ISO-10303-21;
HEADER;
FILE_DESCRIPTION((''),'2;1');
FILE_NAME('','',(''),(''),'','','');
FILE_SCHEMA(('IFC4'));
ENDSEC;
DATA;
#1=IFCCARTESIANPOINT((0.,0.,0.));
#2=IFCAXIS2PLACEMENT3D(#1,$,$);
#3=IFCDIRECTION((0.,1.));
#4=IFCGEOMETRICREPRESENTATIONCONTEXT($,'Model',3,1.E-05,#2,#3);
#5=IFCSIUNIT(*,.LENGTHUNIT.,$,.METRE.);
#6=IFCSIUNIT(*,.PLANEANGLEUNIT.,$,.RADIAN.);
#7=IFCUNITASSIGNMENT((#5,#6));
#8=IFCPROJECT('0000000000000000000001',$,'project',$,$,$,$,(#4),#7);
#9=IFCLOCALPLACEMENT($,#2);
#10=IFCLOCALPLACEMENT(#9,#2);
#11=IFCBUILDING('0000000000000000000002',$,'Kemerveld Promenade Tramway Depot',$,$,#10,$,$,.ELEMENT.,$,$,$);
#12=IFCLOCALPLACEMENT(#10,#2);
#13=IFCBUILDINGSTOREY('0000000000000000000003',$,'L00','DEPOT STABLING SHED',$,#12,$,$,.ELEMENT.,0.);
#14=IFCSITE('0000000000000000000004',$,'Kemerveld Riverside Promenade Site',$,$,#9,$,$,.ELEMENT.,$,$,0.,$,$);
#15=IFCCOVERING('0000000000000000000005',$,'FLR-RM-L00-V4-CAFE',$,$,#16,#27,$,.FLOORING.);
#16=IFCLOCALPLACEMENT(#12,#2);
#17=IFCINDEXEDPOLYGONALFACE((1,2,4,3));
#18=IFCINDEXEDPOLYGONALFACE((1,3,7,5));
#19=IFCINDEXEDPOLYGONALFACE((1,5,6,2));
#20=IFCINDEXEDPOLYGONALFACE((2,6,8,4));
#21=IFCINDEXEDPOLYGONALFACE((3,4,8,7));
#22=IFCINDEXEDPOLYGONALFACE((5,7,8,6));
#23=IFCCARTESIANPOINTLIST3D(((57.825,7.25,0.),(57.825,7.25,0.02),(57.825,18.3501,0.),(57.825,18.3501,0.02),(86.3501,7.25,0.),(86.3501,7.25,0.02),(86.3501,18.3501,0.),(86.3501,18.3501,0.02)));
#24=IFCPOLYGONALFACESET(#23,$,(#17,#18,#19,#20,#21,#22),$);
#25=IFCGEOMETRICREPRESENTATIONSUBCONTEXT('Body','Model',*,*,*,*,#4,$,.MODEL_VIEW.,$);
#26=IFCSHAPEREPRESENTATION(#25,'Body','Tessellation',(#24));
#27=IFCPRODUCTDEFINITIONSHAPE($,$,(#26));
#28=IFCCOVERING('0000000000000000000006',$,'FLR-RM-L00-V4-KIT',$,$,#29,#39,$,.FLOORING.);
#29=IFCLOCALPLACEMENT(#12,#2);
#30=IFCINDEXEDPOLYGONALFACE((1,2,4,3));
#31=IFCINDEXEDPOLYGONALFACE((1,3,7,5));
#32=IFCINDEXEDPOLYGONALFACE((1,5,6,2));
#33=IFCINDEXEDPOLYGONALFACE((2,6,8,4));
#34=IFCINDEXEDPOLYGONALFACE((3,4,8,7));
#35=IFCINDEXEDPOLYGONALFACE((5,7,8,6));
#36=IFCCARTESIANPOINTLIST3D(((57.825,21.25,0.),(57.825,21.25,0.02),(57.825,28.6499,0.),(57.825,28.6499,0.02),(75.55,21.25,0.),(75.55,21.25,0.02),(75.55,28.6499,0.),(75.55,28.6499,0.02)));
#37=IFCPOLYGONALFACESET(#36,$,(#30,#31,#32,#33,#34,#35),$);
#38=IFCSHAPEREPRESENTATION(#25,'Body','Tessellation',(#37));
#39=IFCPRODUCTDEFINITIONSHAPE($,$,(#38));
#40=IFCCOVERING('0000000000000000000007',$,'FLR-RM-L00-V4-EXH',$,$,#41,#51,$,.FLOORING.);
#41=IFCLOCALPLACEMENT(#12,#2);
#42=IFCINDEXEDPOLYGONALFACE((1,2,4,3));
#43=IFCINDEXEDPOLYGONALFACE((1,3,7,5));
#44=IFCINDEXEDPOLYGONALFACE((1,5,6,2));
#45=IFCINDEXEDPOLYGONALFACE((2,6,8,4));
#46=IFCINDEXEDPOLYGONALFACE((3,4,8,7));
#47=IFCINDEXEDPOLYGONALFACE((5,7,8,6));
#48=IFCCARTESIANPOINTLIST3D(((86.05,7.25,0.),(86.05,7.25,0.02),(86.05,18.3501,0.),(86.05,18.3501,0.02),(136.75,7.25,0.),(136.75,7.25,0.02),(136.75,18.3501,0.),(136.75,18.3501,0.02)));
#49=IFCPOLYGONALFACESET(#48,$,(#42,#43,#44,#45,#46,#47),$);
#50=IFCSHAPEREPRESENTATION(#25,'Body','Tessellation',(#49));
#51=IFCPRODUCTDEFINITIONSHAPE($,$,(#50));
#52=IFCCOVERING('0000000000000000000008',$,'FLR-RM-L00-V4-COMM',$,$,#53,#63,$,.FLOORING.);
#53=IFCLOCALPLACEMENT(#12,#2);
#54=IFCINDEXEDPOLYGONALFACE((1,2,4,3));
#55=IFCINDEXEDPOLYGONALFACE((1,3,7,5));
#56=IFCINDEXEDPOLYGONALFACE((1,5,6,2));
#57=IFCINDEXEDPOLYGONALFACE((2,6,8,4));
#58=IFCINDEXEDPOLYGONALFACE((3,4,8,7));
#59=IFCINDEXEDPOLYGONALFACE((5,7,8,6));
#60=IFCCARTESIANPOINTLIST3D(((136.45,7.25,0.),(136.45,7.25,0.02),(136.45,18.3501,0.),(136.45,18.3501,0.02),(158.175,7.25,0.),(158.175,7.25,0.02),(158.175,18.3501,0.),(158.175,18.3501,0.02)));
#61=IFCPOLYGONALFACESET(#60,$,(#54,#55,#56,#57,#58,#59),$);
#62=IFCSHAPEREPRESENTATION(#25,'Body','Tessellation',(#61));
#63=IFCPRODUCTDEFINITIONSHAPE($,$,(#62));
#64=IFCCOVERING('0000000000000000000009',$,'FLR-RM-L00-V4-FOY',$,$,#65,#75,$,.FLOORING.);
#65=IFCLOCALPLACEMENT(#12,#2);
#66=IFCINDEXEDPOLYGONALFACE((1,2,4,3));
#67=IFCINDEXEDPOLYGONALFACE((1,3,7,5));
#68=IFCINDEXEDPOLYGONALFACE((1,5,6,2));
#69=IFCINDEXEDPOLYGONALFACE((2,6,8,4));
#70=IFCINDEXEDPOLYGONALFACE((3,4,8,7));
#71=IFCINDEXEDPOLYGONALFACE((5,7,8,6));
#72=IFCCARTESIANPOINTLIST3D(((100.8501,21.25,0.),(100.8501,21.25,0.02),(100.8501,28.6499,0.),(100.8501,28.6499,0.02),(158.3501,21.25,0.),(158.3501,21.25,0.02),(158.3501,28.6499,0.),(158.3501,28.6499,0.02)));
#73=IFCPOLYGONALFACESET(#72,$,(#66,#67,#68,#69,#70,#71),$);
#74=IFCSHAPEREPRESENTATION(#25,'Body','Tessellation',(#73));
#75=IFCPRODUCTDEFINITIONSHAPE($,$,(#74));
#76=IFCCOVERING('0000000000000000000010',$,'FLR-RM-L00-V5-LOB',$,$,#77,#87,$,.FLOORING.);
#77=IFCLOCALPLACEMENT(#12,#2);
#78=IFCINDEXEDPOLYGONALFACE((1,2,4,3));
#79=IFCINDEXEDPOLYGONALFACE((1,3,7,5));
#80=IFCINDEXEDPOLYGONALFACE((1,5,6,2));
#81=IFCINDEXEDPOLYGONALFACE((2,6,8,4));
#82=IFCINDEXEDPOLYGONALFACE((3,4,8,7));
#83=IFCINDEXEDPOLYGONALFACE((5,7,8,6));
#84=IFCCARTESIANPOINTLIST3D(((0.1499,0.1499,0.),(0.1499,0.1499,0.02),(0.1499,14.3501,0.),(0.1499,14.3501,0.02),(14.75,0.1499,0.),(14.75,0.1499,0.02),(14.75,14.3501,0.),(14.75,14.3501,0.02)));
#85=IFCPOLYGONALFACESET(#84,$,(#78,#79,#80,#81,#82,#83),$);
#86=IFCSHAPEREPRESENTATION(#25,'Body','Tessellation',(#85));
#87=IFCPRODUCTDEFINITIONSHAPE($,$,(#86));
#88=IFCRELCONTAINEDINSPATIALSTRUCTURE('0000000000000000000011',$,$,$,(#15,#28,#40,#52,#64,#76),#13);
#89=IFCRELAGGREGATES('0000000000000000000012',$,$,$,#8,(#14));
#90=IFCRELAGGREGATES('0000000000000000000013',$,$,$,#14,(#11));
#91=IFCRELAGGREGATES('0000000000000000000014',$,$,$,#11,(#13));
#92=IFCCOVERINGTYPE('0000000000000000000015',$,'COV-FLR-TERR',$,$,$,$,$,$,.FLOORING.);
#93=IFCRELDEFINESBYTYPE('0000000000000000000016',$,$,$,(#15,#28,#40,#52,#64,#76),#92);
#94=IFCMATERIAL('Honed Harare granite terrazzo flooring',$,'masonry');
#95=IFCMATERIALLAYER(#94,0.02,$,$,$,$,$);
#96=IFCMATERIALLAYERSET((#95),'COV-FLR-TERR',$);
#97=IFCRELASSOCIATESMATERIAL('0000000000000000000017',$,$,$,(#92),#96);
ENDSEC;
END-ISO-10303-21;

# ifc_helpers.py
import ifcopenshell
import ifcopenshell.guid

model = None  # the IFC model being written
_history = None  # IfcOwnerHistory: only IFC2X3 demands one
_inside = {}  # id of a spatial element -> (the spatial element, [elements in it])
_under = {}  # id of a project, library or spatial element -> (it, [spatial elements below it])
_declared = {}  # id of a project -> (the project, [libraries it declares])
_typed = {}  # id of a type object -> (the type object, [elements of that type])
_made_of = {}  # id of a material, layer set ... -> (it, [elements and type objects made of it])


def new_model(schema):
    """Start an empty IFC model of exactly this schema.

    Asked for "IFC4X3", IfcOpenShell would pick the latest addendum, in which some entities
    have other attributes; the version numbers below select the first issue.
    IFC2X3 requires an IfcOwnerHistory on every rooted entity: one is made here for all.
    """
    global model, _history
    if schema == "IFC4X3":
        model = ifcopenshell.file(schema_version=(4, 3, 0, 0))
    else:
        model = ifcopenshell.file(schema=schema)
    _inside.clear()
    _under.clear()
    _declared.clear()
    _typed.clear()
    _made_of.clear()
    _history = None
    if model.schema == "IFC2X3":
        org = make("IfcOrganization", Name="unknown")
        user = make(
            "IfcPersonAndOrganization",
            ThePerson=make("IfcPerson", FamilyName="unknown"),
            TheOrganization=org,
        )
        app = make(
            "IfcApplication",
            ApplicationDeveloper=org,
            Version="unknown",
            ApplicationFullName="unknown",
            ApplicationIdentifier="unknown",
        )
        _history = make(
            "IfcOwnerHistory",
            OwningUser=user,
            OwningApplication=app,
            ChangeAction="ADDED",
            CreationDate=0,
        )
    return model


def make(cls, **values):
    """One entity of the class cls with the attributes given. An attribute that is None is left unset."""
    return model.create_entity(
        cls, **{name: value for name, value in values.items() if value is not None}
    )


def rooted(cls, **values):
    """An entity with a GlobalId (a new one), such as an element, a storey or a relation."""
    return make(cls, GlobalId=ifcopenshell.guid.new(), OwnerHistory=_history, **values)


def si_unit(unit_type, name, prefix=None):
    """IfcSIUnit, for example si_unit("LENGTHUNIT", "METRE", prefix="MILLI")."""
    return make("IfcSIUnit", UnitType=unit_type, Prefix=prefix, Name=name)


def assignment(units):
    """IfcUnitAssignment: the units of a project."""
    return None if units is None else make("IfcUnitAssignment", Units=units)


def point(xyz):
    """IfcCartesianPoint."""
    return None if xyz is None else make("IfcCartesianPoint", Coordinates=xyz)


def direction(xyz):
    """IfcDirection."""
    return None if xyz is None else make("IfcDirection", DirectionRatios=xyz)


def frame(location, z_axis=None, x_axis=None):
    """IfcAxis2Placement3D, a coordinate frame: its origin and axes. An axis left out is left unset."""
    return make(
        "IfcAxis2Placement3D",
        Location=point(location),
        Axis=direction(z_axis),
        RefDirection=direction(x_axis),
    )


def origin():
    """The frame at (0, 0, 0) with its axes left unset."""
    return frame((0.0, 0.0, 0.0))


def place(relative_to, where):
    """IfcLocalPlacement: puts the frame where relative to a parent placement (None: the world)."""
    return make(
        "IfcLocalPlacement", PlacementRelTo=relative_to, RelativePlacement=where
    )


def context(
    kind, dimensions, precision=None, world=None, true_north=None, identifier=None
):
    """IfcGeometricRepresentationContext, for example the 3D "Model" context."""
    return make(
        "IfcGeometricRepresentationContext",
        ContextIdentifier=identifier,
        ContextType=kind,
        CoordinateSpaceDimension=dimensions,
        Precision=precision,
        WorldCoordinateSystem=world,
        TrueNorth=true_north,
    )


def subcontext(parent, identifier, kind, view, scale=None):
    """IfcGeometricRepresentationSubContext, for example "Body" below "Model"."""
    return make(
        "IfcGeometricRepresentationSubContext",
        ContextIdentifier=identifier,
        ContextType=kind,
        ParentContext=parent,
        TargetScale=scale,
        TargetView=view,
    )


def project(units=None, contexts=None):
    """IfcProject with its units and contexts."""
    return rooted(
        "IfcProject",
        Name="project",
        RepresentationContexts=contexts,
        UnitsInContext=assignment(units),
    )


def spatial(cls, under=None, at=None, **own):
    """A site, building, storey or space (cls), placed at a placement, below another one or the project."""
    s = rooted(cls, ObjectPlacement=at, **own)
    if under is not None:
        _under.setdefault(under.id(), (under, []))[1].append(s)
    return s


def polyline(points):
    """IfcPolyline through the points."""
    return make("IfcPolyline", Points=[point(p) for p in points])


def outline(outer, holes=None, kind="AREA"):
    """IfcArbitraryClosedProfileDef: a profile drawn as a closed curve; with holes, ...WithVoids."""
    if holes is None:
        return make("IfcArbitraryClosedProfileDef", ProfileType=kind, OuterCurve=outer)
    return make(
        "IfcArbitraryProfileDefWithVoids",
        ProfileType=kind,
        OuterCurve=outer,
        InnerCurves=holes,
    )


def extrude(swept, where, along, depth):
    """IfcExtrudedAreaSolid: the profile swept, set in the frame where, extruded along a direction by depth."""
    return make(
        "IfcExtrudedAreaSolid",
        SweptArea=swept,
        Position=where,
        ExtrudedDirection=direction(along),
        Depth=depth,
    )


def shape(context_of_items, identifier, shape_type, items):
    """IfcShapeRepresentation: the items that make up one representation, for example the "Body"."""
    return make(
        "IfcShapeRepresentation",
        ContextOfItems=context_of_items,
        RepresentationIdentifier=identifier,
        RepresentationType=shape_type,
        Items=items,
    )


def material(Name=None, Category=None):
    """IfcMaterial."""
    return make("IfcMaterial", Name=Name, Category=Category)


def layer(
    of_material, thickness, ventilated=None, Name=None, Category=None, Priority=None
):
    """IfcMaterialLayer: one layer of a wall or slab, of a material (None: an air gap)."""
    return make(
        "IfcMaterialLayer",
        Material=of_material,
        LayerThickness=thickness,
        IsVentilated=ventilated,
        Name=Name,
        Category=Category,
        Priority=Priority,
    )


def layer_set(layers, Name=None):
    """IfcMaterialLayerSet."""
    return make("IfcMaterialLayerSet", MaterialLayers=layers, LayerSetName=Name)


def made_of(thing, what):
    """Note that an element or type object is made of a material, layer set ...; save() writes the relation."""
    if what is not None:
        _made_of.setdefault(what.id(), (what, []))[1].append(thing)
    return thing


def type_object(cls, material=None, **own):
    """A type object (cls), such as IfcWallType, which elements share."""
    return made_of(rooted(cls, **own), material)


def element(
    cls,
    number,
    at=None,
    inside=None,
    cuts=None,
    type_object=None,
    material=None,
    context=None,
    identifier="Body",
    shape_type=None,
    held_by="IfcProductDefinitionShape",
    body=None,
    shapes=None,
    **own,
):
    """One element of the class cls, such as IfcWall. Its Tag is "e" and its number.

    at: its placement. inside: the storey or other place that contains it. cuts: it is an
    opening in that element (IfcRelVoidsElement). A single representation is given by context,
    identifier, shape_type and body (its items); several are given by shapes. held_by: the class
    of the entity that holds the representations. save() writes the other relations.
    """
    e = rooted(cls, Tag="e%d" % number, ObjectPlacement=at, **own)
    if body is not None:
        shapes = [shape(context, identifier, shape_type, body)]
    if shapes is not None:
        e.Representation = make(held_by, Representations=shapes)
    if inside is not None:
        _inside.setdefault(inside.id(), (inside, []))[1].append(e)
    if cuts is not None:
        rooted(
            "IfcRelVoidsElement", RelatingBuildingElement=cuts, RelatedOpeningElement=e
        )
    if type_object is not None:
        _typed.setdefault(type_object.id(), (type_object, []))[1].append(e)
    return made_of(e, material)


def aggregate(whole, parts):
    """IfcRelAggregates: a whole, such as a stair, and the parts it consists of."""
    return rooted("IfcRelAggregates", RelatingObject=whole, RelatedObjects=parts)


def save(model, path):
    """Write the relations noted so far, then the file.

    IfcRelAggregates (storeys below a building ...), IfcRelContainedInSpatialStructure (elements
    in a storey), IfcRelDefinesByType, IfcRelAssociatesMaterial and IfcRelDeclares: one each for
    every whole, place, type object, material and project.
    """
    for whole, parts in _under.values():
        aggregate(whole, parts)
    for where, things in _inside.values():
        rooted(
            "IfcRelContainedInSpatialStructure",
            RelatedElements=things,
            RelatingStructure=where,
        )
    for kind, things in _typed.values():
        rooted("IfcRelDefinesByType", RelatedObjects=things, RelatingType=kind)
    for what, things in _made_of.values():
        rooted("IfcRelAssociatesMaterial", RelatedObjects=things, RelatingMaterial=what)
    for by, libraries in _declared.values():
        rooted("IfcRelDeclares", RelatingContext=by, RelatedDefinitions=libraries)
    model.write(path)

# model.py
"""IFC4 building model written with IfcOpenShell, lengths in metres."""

from ifc_helpers import new_model, si_unit, direction, origin, place, context, subcontext, project, spatial, polyline, outline, extrude, material, layer, layer_set, type_object, element, save


model = new_model("IFC4")

# Units and contexts
model_context = context("Model", 3, precision=1e-05, world=origin(), true_north=direction((0.0, 1.0)))
body_context = subcontext(model_context, "Body", "Model", "MODEL_VIEW")
ifc_project = project(units=[si_unit("LENGTHUNIT", "METRE"), si_unit("PLANEANGLEUNIT", "RADIAN")], contexts=[model_context])

# Site, building, storey
site_placement = place(None, origin())
site = spatial("IfcSite", under=ifc_project, at=site_placement, Name="Kemerveld Riverside Promenade Site", CompositionType="ELEMENT", RefElevation=0.0)
building_placement = place(site_placement, origin())
building = spatial("IfcBuilding", under=site, at=building_placement, Name="Kemerveld Promenade Tramway Depot", CompositionType="ELEMENT")
storey_placement = place(building_placement, origin())
storey = spatial("IfcBuildingStorey", under=building, at=storey_placement, Name="L00", Description="DEPOT STABLING SHED", CompositionType="ELEMENT", Elevation=0.0)

# Coverings
ifc_material_1 = material(Name="Honed Harare granite terrazzo flooring", Category="masonry")
ifc_layer_1 = layer(ifc_material_1, 0.02)
ifc_layer_set_1 = layer_set([ifc_layer_1], Name="COV-FLR-TERR")
covering_type_1 = type_object("IfcCoveringType", Name="COV-FLR-TERR", PredefinedType="FLOORING", material=ifc_layer_set_1)
covering_1_placement = place(storey_placement, origin())
element("IfcCovering", 1, at=covering_1_placement, inside=storey, type_object=covering_type_1, Name="FLR-RM-L00-V4-CAFE", PredefinedType="FLOORING", context=body_context, shape_type="SweptSolid", body=[
    extrude(outline(polyline([(57.825, 7.25), (86.3501, 7.25), (86.3501, 18.3501), (57.825, 18.3501), (57.825, 7.25)])), origin(), (0.0, 0.0, 1.0), 0.02),
])
covering_2_placement = place(storey_placement, origin())
element("IfcCovering", 2, at=covering_2_placement, inside=storey, type_object=covering_type_1, Name="FLR-RM-L00-V4-KIT", PredefinedType="FLOORING", context=body_context, shape_type="SweptSolid", body=[
    extrude(outline(polyline([(57.825, 21.25), (75.55, 21.25), (75.55, 28.6499), (57.825, 28.6499), (57.825, 21.25)])), origin(), (0.0, 0.0, 1.0), 0.02),
])
covering_3_placement = place(storey_placement, origin())
element("IfcCovering", 3, at=covering_3_placement, inside=storey, type_object=covering_type_1, Name="FLR-RM-L00-V4-EXH", PredefinedType="FLOORING", context=body_context, shape_type="SweptSolid", body=[
    extrude(outline(polyline([(86.05, 7.25), (136.75, 7.25), (136.75, 18.3501), (86.05, 18.3501), (86.05, 7.25)])), origin(), (0.0, 0.0, 1.0), 0.02),
])
covering_4_placement = place(storey_placement, origin())
element("IfcCovering", 4, at=covering_4_placement, inside=storey, type_object=covering_type_1, Name="FLR-RM-L00-V4-COMM", PredefinedType="FLOORING", context=body_context, shape_type="SweptSolid", body=[
    extrude(outline(polyline([(136.45, 7.25), (158.175, 7.25), (158.175, 18.3501), (136.45, 18.3501), (136.45, 7.25)])), origin(), (0.0, 0.0, 1.0), 0.02),
])
covering_5_placement = place(storey_placement, origin())
element("IfcCovering", 5, at=covering_5_placement, inside=storey, type_object=covering_type_1, Name="FLR-RM-L00-V4-FOY", PredefinedType="FLOORING", context=body_context, shape_type="SweptSolid", body=[
    extrude(outline(polyline([(100.8501, 21.25), (158.3501, 21.25), (158.3501, 28.6499), (100.8501, 28.6499), (100.8501, 21.25)])), origin(), (0.0, 0.0, 1.0), 0.02),
])
covering_6_placement = place(storey_placement, origin())
element("IfcCovering", 6, at=covering_6_placement, inside=storey, type_object=covering_type_1, Name="FLR-RM-L00-V5-LOB", PredefinedType="FLOORING", context=body_context, shape_type="SweptSolid", body=[
    extrude(outline(polyline([(0.1499, 0.1499), (14.75, 0.1499), (14.75, 14.3501), (0.1499, 14.3501), (0.1499, 0.1499)])), origin(), (0.0, 0.0, 1.0), 0.02),
])

save(model, "model.ifc")
